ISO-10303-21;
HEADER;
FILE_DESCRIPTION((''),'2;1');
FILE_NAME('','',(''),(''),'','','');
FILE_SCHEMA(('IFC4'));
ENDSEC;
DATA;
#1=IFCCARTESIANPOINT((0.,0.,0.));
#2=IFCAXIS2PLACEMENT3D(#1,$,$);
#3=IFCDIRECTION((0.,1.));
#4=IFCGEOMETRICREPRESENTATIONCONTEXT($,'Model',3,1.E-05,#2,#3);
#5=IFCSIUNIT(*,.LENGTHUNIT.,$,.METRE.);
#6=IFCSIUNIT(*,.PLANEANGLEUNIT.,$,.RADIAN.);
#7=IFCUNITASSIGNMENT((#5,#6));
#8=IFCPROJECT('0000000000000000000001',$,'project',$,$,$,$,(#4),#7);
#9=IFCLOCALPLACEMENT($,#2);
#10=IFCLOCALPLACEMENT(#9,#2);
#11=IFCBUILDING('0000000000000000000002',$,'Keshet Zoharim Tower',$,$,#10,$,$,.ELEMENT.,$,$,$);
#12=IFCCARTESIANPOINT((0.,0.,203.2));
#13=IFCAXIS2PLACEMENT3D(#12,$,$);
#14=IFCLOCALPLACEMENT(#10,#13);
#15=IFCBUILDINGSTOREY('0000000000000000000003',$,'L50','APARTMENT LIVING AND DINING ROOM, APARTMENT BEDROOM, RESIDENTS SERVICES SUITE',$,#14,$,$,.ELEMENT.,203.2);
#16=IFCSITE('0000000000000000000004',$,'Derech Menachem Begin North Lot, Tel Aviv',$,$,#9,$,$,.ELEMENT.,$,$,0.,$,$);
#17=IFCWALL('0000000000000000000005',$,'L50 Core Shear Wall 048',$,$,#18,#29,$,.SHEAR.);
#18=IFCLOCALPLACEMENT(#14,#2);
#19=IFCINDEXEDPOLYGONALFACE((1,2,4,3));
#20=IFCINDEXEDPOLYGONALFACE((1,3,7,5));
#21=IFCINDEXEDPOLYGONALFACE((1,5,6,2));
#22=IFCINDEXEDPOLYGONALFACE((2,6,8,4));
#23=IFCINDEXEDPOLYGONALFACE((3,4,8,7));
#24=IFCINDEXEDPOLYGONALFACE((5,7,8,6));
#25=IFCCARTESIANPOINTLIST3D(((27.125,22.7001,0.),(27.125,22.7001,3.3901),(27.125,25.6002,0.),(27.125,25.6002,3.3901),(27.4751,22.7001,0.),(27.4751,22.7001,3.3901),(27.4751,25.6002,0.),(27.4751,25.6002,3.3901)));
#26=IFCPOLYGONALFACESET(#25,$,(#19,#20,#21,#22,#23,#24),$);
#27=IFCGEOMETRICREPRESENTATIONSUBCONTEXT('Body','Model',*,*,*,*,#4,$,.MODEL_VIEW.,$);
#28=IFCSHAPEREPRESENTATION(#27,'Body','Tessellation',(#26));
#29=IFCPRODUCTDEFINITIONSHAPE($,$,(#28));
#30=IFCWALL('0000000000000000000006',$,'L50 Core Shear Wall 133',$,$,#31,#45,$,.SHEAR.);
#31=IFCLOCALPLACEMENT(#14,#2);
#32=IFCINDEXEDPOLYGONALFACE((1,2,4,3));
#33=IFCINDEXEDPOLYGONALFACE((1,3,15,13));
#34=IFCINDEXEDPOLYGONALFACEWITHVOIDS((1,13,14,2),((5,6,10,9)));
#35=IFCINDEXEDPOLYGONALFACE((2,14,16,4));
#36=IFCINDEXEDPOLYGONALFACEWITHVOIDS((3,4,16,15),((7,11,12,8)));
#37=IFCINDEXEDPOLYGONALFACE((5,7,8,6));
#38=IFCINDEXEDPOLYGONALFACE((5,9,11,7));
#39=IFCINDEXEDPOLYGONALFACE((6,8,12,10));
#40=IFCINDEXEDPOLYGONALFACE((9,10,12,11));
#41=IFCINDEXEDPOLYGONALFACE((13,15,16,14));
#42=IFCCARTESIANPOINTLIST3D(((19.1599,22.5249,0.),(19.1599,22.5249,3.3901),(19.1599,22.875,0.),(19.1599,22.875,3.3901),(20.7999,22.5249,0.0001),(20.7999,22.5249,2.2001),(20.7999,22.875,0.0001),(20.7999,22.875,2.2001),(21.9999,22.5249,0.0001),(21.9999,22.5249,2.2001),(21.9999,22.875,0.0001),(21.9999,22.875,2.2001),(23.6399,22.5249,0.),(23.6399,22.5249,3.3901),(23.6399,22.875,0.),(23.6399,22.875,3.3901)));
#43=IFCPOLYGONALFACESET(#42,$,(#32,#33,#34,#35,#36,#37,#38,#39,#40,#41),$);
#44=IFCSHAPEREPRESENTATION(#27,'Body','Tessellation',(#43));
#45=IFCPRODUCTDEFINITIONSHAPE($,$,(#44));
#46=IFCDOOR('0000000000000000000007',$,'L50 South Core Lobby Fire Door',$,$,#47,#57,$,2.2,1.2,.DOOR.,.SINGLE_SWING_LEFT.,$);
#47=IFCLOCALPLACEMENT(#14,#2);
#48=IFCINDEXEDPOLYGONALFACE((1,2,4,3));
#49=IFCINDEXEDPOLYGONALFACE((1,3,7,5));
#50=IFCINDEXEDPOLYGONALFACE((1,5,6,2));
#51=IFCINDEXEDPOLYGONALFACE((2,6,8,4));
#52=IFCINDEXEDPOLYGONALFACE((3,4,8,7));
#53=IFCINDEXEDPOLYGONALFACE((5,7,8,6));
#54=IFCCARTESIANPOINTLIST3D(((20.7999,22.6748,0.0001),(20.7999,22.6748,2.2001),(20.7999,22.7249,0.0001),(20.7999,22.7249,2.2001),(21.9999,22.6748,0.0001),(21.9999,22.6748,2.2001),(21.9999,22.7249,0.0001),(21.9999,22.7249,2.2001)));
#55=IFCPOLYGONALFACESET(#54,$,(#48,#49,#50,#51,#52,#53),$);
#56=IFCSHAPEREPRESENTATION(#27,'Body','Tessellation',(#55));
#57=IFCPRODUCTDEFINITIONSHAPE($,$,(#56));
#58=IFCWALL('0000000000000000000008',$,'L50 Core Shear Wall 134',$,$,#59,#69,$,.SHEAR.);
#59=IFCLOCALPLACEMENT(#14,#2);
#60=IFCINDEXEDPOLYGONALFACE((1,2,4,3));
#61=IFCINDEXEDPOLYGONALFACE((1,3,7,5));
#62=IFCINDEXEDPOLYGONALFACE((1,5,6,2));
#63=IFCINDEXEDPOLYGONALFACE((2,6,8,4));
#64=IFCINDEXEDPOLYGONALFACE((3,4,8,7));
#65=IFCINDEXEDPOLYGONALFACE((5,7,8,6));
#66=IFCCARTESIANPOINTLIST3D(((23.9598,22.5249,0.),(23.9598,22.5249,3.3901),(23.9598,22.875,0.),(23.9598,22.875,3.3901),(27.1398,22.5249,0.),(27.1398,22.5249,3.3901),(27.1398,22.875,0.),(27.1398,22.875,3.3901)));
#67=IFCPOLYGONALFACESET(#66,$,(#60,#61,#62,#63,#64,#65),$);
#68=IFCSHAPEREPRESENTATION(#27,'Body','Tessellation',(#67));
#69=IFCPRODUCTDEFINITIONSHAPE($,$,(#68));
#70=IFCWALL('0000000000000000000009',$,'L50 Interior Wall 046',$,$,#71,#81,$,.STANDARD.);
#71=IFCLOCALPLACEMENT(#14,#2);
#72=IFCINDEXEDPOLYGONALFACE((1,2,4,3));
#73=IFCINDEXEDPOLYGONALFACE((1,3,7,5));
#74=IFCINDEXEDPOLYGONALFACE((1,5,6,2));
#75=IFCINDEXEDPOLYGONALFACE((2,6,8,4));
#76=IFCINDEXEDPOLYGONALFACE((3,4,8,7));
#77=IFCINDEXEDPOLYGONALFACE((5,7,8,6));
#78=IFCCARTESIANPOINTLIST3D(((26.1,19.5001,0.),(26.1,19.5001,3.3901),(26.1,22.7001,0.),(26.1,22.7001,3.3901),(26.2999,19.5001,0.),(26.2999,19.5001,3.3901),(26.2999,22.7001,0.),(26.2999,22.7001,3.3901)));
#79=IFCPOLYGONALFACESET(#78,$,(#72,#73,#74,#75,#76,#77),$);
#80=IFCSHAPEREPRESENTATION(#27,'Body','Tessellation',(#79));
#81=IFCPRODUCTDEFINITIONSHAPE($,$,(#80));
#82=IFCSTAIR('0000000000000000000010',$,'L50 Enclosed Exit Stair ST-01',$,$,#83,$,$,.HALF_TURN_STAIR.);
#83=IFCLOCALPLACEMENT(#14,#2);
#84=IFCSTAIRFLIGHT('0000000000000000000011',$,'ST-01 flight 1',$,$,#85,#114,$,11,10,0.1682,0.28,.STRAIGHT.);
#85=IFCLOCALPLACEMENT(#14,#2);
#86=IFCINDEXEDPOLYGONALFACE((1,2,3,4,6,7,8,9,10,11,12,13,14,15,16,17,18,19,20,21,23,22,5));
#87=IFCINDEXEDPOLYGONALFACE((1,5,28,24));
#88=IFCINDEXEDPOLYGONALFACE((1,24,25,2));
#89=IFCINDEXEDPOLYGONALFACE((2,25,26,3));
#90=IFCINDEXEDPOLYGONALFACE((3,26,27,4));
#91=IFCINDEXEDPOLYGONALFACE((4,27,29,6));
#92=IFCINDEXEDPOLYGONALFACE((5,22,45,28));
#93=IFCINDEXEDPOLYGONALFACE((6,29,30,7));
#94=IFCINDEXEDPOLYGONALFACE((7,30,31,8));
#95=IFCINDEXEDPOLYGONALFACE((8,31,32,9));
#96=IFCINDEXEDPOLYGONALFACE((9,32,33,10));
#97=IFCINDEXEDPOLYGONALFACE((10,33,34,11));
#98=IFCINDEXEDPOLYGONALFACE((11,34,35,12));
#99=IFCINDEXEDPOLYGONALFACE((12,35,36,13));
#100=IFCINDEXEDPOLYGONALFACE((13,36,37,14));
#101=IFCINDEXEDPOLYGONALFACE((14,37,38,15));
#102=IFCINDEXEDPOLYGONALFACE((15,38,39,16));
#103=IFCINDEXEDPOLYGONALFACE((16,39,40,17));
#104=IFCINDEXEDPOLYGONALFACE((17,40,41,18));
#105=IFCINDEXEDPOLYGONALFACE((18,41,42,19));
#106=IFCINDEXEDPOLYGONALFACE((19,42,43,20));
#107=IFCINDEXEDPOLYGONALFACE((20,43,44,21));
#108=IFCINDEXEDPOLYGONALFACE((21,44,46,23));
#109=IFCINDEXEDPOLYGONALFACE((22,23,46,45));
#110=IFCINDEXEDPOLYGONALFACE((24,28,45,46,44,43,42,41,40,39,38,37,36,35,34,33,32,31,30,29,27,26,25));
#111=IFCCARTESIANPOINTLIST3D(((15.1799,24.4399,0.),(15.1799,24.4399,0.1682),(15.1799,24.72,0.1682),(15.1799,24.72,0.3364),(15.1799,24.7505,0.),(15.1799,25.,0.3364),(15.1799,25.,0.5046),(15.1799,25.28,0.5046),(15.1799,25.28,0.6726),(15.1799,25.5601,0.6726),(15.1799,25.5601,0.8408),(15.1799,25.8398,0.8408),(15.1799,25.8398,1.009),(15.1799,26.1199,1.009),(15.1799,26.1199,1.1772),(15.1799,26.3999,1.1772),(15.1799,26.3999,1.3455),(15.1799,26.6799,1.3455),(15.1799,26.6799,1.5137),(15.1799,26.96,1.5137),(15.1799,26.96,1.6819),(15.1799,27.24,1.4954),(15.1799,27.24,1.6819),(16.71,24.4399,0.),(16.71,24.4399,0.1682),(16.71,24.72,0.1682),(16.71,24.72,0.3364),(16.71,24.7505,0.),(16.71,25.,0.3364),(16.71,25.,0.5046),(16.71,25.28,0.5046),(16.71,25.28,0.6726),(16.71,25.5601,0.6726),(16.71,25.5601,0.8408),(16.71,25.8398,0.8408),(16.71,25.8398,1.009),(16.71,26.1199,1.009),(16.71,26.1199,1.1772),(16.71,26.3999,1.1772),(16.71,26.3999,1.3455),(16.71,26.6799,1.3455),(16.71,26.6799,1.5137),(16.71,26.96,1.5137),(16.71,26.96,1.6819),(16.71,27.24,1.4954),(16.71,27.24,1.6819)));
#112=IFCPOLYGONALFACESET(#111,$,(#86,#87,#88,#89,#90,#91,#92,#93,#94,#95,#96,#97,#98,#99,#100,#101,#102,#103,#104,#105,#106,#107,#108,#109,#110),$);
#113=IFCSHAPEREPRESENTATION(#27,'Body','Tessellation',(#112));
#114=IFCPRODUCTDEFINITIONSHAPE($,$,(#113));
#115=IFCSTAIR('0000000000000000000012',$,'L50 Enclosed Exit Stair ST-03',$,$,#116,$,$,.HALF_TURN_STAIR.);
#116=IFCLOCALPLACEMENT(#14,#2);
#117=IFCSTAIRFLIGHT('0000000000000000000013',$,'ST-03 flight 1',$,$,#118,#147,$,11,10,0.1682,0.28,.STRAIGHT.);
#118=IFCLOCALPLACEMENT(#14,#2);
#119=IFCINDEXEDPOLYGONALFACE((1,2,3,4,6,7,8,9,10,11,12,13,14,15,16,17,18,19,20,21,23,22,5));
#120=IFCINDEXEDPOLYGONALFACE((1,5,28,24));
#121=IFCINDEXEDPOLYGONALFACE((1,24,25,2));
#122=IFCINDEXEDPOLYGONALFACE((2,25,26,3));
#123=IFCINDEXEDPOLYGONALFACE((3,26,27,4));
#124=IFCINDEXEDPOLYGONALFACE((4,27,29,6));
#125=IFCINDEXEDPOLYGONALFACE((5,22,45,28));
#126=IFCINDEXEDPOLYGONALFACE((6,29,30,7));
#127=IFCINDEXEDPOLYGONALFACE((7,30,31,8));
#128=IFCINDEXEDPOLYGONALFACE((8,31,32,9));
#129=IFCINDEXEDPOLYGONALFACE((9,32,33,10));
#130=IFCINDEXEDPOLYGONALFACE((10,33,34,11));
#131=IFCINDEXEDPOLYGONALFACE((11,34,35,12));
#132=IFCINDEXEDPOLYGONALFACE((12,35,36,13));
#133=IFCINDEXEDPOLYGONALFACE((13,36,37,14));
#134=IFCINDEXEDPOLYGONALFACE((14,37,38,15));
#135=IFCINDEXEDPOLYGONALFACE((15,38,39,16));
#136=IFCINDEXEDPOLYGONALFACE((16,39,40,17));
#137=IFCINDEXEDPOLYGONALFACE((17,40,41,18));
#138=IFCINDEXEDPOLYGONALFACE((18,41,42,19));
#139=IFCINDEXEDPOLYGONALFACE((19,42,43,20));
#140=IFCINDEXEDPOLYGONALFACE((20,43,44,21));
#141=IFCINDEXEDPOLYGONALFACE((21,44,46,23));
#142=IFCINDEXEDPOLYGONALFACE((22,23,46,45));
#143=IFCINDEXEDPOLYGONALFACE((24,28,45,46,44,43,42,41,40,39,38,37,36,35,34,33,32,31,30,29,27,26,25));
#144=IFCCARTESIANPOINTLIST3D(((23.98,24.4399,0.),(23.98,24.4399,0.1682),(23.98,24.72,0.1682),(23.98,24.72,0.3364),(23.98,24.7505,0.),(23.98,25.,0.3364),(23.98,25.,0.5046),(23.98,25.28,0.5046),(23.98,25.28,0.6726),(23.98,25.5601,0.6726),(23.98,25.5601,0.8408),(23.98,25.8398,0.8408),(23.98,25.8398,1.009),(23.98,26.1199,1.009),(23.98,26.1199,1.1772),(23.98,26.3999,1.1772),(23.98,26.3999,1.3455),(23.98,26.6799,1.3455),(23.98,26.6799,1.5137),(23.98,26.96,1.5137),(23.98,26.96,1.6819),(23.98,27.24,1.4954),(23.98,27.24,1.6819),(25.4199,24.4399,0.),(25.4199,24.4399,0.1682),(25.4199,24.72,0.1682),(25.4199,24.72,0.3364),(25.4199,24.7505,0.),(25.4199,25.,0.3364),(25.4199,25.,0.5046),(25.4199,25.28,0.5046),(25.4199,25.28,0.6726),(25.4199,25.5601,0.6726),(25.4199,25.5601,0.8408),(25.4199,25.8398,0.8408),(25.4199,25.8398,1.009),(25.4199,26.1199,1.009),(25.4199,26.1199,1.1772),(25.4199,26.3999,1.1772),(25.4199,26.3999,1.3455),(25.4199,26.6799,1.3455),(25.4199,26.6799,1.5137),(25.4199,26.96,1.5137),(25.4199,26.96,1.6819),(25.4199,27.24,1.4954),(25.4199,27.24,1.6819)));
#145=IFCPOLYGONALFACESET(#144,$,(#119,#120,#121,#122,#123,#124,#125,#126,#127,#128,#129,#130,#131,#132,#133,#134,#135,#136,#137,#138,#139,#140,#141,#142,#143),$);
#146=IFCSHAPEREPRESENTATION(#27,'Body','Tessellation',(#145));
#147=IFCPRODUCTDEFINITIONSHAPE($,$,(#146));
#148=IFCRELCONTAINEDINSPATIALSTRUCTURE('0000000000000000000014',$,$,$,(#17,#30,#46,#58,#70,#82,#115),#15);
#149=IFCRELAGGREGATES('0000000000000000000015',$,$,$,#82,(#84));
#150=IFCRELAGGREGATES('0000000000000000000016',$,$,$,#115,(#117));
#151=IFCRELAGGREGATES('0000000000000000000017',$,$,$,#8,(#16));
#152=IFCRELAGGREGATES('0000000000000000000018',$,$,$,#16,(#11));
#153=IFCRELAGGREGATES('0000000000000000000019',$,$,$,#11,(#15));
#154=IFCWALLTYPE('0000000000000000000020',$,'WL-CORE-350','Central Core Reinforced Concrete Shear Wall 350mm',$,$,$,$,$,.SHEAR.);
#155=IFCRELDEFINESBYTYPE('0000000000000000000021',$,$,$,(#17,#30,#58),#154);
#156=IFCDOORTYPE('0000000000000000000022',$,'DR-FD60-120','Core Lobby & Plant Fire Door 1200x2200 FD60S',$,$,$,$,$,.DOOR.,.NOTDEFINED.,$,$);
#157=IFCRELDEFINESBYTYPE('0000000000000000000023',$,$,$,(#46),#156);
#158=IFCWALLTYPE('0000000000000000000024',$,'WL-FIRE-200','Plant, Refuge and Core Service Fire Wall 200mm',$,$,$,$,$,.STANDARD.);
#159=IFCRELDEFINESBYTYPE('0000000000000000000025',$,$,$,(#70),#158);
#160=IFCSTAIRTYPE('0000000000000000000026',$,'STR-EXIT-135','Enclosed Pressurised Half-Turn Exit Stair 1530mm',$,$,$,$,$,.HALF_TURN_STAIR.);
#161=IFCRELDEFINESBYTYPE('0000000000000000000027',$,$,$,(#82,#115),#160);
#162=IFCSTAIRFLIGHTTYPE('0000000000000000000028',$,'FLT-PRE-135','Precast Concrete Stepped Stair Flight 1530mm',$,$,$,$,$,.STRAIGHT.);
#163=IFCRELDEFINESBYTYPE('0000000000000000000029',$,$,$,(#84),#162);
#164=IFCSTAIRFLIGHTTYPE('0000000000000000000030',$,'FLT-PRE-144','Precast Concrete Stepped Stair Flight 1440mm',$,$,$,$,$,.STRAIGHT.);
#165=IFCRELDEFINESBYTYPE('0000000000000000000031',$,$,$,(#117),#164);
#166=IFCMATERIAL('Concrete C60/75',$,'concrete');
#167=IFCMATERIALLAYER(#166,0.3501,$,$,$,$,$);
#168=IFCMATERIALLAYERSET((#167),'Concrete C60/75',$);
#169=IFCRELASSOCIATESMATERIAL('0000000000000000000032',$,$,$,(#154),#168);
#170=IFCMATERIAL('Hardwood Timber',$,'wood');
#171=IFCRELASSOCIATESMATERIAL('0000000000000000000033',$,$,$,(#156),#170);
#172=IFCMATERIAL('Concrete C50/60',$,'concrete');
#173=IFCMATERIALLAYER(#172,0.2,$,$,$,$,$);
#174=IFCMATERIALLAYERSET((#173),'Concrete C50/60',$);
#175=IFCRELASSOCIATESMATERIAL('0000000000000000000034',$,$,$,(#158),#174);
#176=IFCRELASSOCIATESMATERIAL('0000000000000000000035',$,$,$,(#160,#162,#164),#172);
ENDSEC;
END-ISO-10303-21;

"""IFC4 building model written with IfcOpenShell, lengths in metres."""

from ifc_helpers import new_model, si_unit, direction, frame, frame_2d, origin, place, context, subcontext, project, spatial, polyline, rectangle, outline, extrude, material, layer, layer_set, type_object, element, fill, aggregate, save


model = new_model("IFC4")

# Units and contexts
model_context = context("Model", 3, precision=1e-05, world=origin(), true_north=direction((0.0, 1.0)))
body_context = subcontext(model_context, "Body", "Model", "MODEL_VIEW")
ifc_project = project(units=[si_unit("LENGTHUNIT", "METRE"), si_unit("PLANEANGLEUNIT", "RADIAN")], contexts=[model_context])

# Site, building, storey
site_placement = place(None, origin())
site = spatial("IfcSite", under=ifc_project, at=site_placement, Name="Derech Menachem Begin North Lot, Tel Aviv", CompositionType="ELEMENT", RefElevation=0.0)
building_placement = place(site_placement, origin())
building = spatial("IfcBuilding", under=site, at=building_placement, Name="Keshet Zoharim Tower", CompositionType="ELEMENT")
storey_placement = place(building_placement, frame((0.0, 0.0, 203.2)))
storey = spatial("IfcBuildingStorey", under=building, at=storey_placement, Name="L50", Description="APARTMENT LIVING AND DINING ROOM, APARTMENT BEDROOM, RESIDENTS SERVICES SUITE", CompositionType="ELEMENT", Elevation=203.2)

# Shared definitions
ifc_material_1 = material(Name="Concrete C60/75", Category="concrete")
ifc_layer_1 = layer(ifc_material_1, 0.3501)
ifc_layer_set_1 = layer_set([ifc_layer_1], Name="Concrete C60/75")
wall_type_1 = type_object("IfcWallType", Name="WL-CORE-350", Description="Central Core Reinforced Concrete Shear Wall 350mm", PredefinedType="SHEAR", material=ifc_layer_set_1)
ifc_material_2 = material(Name="Hardwood Timber", Category="wood")

# Wall
wall_1_placement = place(storey_placement, frame((27.3, 22.7, 0.0), z_axis=(0.0, 0.0, 1.0), x_axis=(0.0, 1.0, 0.0)))
element("IfcWall", 1, at=wall_1_placement, inside=storey, type_object=wall_type_1, Name="L50 Core Shear Wall 048", PredefinedType="SHEAR", context=body_context, shape_type="SweptSolid", body=[
    extrude(rectangle(XDim=2.9001, YDim=0.3501, at=frame_2d((1.4502, 0.0))), origin(), (0.0, 0.0, 1.0), 3.3901),
])

# Wall, opening, door
wall_2_placement = place(storey_placement, frame((19.1599, 22.7, 0.0), z_axis=(0.0, 0.0, 1.0), x_axis=(1.0, 0.0, 0.0)))
wall_2 = element("IfcWall", 2, at=wall_2_placement, inside=storey, type_object=wall_type_1, Name="L50 Core Shear Wall 133", PredefinedType="SHEAR", context=body_context, shape_type="SweptSolid", body=[
    extrude(rectangle(XDim=4.48, YDim=0.3501, at=frame_2d((2.24, 0.0))), origin(), (0.0, 0.0, 1.0), 3.3901),
])
opening_1_placement = place(wall_2_placement, frame((1.6399, 0.0, 0.0)))
opening_1 = element("IfcOpeningElement", 3, at=opening_1_placement, cuts=wall_2, PredefinedType="OPENING", context=body_context, shape_type="SweptSolid", body=[
    extrude(rectangle(XDim=1.2, YDim=2.2, at=frame_2d((0.6001, 1.1001))), frame((0.0, 0.1851, 0.0), z_axis=(0.0, -1.0, 0.0), x_axis=(1.0, 0.0, 0.0)), (0.0, 0.0, 1.0), 0.3701),
])
door_type_1 = type_object("IfcDoorType", Name="DR-FD60-120", Description="Core Lobby & Plant Fire Door 1200x2200 FD60S", OperationType="NOTDEFINED", PredefinedType="DOOR", material=ifc_material_2)
door_1_placement = place(opening_1_placement, origin())
door_1 = element("IfcDoor", 4, at=door_1_placement, inside=storey, type_object=door_type_1, Name="L50 South Core Lobby Fire Door", OperationType="SINGLE_SWING_LEFT", OverallHeight=2.2, OverallWidth=1.2, PredefinedType="DOOR", context=body_context, shape_type="SweptSolid", body=[
    extrude(rectangle(XDim=1.2, YDim=2.2, at=frame_2d((0.6001, 1.1001))), frame((0.0, 0.0249, 0.0), z_axis=(0.0, -1.0, 0.0), x_axis=(1.0, 0.0, 0.0)), (0.0, 0.0, 1.0), 0.05),
])
fill(opening_1, door_1)

# Walls
wall_3_placement = place(storey_placement, frame((23.96, 22.7, 0.0), z_axis=(0.0, 0.0, 1.0), x_axis=(1.0, 0.0, 0.0)))
element("IfcWall", 5, at=wall_3_placement, inside=storey, type_object=wall_type_1, Name="L50 Core Shear Wall 134", PredefinedType="SHEAR", context=body_context, shape_type="SweptSolid", body=[
    extrude(rectangle(XDim=3.1799, YDim=0.3501, at=frame_2d((1.5898, 0.0))), origin(), (0.0, 0.0, 1.0), 3.3901),
])
ifc_material_3 = material(Name="Concrete C50/60", Category="concrete")
ifc_layer_2 = layer(ifc_material_3, 0.2)
ifc_layer_set_2 = layer_set([ifc_layer_2], Name="Concrete C50/60")
wall_type_2 = type_object("IfcWallType", Name="WL-FIRE-200", Description="Plant, Refuge and Core Service Fire Wall 200mm", PredefinedType="STANDARD", material=ifc_layer_set_2)
wall_4_placement = place(storey_placement, frame((26.2, 19.5, 0.0), z_axis=(0.0, 0.0, 1.0), x_axis=(0.0, 1.0, 0.0)))
element("IfcWall", 6, at=wall_4_placement, inside=storey, type_object=wall_type_2, Name="L50 Interior Wall 046", PredefinedType="STANDARD", context=body_context, shape_type="SweptSolid", body=[
    extrude(rectangle(XDim=3.2, YDim=0.2, at=frame_2d((1.6001, 0.0))), origin(), (0.0, 0.0, 1.0), 3.3901),
])

# Stairs, stair flights
stair_type = type_object("IfcStairType", Name="STR-EXIT-135", Description="Enclosed Pressurised Half-Turn Exit Stair 1530mm", PredefinedType="HALF_TURN_STAIR", material=ifc_material_3)
stair_1_placement = place(storey_placement, origin())
stair_1 = element("IfcStair", 7, at=stair_1_placement, inside=storey, type_object=stair_type, Name="L50 Enclosed Exit Stair ST-01", PredefinedType="HALF_TURN_STAIR")
stair_flight_type_1 = type_object("IfcStairFlightType", Name="FLT-PRE-135", Description="Precast Concrete Stepped Stair Flight 1530mm", PredefinedType="STRAIGHT", material=ifc_material_3)
stair_flight_1_placement = place(storey_placement, frame((15.9451, 24.4399, 0.0), z_axis=(0.0, 0.0, 1.0), x_axis=(0.0, 1.0, 0.0)))
stair_flight_1 = element("IfcStairFlight", 8, at=stair_flight_1_placement, type_object=stair_flight_type_1, Name="ST-01 flight 1", NumberOfRisers=11, NumberOfTreads=10, PredefinedType="STRAIGHT", RiserHeight=0.1682, TreadLength=0.28, context=body_context, shape_type="SweptSolid", body=[
    extrude(outline(polyline([(0.0, 0.0), (0.0, 0.1682), (0.28, 0.1682), (0.28, 0.3364), (0.5601, 0.3364), (0.5601, 0.5046), (0.8401, 0.5046), (0.8401, 0.6726), (1.1201, 0.6726), (1.1201, 0.8408), (1.3999, 0.8408), (1.3999, 1.009), (1.6799, 1.009), (1.6799, 1.1772), (1.96, 1.1772), (1.96, 1.3455), (2.24, 1.3455), (2.24, 1.5137), (2.52, 1.5137), (2.52, 1.6819), (2.8, 1.6819), (2.8, 1.8501), (2.8, 1.4954), (0.3105, 0.0), (0.0, 0.0)])), frame((0.0, 0.7651, 0.0), z_axis=(0.0, -1.0, 0.0), x_axis=(1.0, 0.0, 0.0)), (0.0, 0.0, 1.0), 1.53),
])
aggregate(stair_1, [stair_flight_1])
stair_2_placement = place(storey_placement, origin())
stair_2 = element("IfcStair", 9, at=stair_2_placement, inside=storey, type_object=stair_type, Name="L50 Enclosed Exit Stair ST-03", PredefinedType="HALF_TURN_STAIR")
stair_flight_type_2 = type_object("IfcStairFlightType", Name="FLT-PRE-144", Description="Precast Concrete Stepped Stair Flight 1440mm", PredefinedType="STRAIGHT", material=ifc_material_3)
stair_flight_2_placement = place(storey_placement, frame((24.7, 24.4399, 0.0), z_axis=(0.0, 0.0, 1.0), x_axis=(0.0, 1.0, 0.0)))
stair_flight_2 = element("IfcStairFlight", 10, at=stair_flight_2_placement, type_object=stair_flight_type_2, Name="ST-03 flight 1", NumberOfRisers=11, NumberOfTreads=10, PredefinedType="STRAIGHT", RiserHeight=0.1682, TreadLength=0.28, context=body_context, shape_type="SweptSolid", body=[
    extrude(outline(polyline([(0.0, 0.0), (0.0, 0.1682), (0.28, 0.1682), (0.28, 0.3364), (0.5601, 0.3364), (0.5601, 0.5046), (0.8401, 0.5046), (0.8401, 0.6726), (1.1201, 0.6726), (1.1201, 0.8408), (1.3999, 0.8408), (1.3999, 1.009), (1.6799, 1.009), (1.6799, 1.1772), (1.96, 1.1772), (1.96, 1.3455), (2.24, 1.3455), (2.24, 1.5137), (2.52, 1.5137), (2.52, 1.6819), (2.8, 1.6819), (2.8, 1.8501), (2.8, 1.4954), (0.3105, 0.0), (0.0, 0.0)])), frame((0.0, 0.72, 0.0), z_axis=(0.0, -1.0, 0.0), x_axis=(1.0, 0.0, 0.0)), (0.0, 0.0, 1.0), 1.4399),
])
aggregate(stair_2, [stair_flight_2])

save(model, "model.ifc")
